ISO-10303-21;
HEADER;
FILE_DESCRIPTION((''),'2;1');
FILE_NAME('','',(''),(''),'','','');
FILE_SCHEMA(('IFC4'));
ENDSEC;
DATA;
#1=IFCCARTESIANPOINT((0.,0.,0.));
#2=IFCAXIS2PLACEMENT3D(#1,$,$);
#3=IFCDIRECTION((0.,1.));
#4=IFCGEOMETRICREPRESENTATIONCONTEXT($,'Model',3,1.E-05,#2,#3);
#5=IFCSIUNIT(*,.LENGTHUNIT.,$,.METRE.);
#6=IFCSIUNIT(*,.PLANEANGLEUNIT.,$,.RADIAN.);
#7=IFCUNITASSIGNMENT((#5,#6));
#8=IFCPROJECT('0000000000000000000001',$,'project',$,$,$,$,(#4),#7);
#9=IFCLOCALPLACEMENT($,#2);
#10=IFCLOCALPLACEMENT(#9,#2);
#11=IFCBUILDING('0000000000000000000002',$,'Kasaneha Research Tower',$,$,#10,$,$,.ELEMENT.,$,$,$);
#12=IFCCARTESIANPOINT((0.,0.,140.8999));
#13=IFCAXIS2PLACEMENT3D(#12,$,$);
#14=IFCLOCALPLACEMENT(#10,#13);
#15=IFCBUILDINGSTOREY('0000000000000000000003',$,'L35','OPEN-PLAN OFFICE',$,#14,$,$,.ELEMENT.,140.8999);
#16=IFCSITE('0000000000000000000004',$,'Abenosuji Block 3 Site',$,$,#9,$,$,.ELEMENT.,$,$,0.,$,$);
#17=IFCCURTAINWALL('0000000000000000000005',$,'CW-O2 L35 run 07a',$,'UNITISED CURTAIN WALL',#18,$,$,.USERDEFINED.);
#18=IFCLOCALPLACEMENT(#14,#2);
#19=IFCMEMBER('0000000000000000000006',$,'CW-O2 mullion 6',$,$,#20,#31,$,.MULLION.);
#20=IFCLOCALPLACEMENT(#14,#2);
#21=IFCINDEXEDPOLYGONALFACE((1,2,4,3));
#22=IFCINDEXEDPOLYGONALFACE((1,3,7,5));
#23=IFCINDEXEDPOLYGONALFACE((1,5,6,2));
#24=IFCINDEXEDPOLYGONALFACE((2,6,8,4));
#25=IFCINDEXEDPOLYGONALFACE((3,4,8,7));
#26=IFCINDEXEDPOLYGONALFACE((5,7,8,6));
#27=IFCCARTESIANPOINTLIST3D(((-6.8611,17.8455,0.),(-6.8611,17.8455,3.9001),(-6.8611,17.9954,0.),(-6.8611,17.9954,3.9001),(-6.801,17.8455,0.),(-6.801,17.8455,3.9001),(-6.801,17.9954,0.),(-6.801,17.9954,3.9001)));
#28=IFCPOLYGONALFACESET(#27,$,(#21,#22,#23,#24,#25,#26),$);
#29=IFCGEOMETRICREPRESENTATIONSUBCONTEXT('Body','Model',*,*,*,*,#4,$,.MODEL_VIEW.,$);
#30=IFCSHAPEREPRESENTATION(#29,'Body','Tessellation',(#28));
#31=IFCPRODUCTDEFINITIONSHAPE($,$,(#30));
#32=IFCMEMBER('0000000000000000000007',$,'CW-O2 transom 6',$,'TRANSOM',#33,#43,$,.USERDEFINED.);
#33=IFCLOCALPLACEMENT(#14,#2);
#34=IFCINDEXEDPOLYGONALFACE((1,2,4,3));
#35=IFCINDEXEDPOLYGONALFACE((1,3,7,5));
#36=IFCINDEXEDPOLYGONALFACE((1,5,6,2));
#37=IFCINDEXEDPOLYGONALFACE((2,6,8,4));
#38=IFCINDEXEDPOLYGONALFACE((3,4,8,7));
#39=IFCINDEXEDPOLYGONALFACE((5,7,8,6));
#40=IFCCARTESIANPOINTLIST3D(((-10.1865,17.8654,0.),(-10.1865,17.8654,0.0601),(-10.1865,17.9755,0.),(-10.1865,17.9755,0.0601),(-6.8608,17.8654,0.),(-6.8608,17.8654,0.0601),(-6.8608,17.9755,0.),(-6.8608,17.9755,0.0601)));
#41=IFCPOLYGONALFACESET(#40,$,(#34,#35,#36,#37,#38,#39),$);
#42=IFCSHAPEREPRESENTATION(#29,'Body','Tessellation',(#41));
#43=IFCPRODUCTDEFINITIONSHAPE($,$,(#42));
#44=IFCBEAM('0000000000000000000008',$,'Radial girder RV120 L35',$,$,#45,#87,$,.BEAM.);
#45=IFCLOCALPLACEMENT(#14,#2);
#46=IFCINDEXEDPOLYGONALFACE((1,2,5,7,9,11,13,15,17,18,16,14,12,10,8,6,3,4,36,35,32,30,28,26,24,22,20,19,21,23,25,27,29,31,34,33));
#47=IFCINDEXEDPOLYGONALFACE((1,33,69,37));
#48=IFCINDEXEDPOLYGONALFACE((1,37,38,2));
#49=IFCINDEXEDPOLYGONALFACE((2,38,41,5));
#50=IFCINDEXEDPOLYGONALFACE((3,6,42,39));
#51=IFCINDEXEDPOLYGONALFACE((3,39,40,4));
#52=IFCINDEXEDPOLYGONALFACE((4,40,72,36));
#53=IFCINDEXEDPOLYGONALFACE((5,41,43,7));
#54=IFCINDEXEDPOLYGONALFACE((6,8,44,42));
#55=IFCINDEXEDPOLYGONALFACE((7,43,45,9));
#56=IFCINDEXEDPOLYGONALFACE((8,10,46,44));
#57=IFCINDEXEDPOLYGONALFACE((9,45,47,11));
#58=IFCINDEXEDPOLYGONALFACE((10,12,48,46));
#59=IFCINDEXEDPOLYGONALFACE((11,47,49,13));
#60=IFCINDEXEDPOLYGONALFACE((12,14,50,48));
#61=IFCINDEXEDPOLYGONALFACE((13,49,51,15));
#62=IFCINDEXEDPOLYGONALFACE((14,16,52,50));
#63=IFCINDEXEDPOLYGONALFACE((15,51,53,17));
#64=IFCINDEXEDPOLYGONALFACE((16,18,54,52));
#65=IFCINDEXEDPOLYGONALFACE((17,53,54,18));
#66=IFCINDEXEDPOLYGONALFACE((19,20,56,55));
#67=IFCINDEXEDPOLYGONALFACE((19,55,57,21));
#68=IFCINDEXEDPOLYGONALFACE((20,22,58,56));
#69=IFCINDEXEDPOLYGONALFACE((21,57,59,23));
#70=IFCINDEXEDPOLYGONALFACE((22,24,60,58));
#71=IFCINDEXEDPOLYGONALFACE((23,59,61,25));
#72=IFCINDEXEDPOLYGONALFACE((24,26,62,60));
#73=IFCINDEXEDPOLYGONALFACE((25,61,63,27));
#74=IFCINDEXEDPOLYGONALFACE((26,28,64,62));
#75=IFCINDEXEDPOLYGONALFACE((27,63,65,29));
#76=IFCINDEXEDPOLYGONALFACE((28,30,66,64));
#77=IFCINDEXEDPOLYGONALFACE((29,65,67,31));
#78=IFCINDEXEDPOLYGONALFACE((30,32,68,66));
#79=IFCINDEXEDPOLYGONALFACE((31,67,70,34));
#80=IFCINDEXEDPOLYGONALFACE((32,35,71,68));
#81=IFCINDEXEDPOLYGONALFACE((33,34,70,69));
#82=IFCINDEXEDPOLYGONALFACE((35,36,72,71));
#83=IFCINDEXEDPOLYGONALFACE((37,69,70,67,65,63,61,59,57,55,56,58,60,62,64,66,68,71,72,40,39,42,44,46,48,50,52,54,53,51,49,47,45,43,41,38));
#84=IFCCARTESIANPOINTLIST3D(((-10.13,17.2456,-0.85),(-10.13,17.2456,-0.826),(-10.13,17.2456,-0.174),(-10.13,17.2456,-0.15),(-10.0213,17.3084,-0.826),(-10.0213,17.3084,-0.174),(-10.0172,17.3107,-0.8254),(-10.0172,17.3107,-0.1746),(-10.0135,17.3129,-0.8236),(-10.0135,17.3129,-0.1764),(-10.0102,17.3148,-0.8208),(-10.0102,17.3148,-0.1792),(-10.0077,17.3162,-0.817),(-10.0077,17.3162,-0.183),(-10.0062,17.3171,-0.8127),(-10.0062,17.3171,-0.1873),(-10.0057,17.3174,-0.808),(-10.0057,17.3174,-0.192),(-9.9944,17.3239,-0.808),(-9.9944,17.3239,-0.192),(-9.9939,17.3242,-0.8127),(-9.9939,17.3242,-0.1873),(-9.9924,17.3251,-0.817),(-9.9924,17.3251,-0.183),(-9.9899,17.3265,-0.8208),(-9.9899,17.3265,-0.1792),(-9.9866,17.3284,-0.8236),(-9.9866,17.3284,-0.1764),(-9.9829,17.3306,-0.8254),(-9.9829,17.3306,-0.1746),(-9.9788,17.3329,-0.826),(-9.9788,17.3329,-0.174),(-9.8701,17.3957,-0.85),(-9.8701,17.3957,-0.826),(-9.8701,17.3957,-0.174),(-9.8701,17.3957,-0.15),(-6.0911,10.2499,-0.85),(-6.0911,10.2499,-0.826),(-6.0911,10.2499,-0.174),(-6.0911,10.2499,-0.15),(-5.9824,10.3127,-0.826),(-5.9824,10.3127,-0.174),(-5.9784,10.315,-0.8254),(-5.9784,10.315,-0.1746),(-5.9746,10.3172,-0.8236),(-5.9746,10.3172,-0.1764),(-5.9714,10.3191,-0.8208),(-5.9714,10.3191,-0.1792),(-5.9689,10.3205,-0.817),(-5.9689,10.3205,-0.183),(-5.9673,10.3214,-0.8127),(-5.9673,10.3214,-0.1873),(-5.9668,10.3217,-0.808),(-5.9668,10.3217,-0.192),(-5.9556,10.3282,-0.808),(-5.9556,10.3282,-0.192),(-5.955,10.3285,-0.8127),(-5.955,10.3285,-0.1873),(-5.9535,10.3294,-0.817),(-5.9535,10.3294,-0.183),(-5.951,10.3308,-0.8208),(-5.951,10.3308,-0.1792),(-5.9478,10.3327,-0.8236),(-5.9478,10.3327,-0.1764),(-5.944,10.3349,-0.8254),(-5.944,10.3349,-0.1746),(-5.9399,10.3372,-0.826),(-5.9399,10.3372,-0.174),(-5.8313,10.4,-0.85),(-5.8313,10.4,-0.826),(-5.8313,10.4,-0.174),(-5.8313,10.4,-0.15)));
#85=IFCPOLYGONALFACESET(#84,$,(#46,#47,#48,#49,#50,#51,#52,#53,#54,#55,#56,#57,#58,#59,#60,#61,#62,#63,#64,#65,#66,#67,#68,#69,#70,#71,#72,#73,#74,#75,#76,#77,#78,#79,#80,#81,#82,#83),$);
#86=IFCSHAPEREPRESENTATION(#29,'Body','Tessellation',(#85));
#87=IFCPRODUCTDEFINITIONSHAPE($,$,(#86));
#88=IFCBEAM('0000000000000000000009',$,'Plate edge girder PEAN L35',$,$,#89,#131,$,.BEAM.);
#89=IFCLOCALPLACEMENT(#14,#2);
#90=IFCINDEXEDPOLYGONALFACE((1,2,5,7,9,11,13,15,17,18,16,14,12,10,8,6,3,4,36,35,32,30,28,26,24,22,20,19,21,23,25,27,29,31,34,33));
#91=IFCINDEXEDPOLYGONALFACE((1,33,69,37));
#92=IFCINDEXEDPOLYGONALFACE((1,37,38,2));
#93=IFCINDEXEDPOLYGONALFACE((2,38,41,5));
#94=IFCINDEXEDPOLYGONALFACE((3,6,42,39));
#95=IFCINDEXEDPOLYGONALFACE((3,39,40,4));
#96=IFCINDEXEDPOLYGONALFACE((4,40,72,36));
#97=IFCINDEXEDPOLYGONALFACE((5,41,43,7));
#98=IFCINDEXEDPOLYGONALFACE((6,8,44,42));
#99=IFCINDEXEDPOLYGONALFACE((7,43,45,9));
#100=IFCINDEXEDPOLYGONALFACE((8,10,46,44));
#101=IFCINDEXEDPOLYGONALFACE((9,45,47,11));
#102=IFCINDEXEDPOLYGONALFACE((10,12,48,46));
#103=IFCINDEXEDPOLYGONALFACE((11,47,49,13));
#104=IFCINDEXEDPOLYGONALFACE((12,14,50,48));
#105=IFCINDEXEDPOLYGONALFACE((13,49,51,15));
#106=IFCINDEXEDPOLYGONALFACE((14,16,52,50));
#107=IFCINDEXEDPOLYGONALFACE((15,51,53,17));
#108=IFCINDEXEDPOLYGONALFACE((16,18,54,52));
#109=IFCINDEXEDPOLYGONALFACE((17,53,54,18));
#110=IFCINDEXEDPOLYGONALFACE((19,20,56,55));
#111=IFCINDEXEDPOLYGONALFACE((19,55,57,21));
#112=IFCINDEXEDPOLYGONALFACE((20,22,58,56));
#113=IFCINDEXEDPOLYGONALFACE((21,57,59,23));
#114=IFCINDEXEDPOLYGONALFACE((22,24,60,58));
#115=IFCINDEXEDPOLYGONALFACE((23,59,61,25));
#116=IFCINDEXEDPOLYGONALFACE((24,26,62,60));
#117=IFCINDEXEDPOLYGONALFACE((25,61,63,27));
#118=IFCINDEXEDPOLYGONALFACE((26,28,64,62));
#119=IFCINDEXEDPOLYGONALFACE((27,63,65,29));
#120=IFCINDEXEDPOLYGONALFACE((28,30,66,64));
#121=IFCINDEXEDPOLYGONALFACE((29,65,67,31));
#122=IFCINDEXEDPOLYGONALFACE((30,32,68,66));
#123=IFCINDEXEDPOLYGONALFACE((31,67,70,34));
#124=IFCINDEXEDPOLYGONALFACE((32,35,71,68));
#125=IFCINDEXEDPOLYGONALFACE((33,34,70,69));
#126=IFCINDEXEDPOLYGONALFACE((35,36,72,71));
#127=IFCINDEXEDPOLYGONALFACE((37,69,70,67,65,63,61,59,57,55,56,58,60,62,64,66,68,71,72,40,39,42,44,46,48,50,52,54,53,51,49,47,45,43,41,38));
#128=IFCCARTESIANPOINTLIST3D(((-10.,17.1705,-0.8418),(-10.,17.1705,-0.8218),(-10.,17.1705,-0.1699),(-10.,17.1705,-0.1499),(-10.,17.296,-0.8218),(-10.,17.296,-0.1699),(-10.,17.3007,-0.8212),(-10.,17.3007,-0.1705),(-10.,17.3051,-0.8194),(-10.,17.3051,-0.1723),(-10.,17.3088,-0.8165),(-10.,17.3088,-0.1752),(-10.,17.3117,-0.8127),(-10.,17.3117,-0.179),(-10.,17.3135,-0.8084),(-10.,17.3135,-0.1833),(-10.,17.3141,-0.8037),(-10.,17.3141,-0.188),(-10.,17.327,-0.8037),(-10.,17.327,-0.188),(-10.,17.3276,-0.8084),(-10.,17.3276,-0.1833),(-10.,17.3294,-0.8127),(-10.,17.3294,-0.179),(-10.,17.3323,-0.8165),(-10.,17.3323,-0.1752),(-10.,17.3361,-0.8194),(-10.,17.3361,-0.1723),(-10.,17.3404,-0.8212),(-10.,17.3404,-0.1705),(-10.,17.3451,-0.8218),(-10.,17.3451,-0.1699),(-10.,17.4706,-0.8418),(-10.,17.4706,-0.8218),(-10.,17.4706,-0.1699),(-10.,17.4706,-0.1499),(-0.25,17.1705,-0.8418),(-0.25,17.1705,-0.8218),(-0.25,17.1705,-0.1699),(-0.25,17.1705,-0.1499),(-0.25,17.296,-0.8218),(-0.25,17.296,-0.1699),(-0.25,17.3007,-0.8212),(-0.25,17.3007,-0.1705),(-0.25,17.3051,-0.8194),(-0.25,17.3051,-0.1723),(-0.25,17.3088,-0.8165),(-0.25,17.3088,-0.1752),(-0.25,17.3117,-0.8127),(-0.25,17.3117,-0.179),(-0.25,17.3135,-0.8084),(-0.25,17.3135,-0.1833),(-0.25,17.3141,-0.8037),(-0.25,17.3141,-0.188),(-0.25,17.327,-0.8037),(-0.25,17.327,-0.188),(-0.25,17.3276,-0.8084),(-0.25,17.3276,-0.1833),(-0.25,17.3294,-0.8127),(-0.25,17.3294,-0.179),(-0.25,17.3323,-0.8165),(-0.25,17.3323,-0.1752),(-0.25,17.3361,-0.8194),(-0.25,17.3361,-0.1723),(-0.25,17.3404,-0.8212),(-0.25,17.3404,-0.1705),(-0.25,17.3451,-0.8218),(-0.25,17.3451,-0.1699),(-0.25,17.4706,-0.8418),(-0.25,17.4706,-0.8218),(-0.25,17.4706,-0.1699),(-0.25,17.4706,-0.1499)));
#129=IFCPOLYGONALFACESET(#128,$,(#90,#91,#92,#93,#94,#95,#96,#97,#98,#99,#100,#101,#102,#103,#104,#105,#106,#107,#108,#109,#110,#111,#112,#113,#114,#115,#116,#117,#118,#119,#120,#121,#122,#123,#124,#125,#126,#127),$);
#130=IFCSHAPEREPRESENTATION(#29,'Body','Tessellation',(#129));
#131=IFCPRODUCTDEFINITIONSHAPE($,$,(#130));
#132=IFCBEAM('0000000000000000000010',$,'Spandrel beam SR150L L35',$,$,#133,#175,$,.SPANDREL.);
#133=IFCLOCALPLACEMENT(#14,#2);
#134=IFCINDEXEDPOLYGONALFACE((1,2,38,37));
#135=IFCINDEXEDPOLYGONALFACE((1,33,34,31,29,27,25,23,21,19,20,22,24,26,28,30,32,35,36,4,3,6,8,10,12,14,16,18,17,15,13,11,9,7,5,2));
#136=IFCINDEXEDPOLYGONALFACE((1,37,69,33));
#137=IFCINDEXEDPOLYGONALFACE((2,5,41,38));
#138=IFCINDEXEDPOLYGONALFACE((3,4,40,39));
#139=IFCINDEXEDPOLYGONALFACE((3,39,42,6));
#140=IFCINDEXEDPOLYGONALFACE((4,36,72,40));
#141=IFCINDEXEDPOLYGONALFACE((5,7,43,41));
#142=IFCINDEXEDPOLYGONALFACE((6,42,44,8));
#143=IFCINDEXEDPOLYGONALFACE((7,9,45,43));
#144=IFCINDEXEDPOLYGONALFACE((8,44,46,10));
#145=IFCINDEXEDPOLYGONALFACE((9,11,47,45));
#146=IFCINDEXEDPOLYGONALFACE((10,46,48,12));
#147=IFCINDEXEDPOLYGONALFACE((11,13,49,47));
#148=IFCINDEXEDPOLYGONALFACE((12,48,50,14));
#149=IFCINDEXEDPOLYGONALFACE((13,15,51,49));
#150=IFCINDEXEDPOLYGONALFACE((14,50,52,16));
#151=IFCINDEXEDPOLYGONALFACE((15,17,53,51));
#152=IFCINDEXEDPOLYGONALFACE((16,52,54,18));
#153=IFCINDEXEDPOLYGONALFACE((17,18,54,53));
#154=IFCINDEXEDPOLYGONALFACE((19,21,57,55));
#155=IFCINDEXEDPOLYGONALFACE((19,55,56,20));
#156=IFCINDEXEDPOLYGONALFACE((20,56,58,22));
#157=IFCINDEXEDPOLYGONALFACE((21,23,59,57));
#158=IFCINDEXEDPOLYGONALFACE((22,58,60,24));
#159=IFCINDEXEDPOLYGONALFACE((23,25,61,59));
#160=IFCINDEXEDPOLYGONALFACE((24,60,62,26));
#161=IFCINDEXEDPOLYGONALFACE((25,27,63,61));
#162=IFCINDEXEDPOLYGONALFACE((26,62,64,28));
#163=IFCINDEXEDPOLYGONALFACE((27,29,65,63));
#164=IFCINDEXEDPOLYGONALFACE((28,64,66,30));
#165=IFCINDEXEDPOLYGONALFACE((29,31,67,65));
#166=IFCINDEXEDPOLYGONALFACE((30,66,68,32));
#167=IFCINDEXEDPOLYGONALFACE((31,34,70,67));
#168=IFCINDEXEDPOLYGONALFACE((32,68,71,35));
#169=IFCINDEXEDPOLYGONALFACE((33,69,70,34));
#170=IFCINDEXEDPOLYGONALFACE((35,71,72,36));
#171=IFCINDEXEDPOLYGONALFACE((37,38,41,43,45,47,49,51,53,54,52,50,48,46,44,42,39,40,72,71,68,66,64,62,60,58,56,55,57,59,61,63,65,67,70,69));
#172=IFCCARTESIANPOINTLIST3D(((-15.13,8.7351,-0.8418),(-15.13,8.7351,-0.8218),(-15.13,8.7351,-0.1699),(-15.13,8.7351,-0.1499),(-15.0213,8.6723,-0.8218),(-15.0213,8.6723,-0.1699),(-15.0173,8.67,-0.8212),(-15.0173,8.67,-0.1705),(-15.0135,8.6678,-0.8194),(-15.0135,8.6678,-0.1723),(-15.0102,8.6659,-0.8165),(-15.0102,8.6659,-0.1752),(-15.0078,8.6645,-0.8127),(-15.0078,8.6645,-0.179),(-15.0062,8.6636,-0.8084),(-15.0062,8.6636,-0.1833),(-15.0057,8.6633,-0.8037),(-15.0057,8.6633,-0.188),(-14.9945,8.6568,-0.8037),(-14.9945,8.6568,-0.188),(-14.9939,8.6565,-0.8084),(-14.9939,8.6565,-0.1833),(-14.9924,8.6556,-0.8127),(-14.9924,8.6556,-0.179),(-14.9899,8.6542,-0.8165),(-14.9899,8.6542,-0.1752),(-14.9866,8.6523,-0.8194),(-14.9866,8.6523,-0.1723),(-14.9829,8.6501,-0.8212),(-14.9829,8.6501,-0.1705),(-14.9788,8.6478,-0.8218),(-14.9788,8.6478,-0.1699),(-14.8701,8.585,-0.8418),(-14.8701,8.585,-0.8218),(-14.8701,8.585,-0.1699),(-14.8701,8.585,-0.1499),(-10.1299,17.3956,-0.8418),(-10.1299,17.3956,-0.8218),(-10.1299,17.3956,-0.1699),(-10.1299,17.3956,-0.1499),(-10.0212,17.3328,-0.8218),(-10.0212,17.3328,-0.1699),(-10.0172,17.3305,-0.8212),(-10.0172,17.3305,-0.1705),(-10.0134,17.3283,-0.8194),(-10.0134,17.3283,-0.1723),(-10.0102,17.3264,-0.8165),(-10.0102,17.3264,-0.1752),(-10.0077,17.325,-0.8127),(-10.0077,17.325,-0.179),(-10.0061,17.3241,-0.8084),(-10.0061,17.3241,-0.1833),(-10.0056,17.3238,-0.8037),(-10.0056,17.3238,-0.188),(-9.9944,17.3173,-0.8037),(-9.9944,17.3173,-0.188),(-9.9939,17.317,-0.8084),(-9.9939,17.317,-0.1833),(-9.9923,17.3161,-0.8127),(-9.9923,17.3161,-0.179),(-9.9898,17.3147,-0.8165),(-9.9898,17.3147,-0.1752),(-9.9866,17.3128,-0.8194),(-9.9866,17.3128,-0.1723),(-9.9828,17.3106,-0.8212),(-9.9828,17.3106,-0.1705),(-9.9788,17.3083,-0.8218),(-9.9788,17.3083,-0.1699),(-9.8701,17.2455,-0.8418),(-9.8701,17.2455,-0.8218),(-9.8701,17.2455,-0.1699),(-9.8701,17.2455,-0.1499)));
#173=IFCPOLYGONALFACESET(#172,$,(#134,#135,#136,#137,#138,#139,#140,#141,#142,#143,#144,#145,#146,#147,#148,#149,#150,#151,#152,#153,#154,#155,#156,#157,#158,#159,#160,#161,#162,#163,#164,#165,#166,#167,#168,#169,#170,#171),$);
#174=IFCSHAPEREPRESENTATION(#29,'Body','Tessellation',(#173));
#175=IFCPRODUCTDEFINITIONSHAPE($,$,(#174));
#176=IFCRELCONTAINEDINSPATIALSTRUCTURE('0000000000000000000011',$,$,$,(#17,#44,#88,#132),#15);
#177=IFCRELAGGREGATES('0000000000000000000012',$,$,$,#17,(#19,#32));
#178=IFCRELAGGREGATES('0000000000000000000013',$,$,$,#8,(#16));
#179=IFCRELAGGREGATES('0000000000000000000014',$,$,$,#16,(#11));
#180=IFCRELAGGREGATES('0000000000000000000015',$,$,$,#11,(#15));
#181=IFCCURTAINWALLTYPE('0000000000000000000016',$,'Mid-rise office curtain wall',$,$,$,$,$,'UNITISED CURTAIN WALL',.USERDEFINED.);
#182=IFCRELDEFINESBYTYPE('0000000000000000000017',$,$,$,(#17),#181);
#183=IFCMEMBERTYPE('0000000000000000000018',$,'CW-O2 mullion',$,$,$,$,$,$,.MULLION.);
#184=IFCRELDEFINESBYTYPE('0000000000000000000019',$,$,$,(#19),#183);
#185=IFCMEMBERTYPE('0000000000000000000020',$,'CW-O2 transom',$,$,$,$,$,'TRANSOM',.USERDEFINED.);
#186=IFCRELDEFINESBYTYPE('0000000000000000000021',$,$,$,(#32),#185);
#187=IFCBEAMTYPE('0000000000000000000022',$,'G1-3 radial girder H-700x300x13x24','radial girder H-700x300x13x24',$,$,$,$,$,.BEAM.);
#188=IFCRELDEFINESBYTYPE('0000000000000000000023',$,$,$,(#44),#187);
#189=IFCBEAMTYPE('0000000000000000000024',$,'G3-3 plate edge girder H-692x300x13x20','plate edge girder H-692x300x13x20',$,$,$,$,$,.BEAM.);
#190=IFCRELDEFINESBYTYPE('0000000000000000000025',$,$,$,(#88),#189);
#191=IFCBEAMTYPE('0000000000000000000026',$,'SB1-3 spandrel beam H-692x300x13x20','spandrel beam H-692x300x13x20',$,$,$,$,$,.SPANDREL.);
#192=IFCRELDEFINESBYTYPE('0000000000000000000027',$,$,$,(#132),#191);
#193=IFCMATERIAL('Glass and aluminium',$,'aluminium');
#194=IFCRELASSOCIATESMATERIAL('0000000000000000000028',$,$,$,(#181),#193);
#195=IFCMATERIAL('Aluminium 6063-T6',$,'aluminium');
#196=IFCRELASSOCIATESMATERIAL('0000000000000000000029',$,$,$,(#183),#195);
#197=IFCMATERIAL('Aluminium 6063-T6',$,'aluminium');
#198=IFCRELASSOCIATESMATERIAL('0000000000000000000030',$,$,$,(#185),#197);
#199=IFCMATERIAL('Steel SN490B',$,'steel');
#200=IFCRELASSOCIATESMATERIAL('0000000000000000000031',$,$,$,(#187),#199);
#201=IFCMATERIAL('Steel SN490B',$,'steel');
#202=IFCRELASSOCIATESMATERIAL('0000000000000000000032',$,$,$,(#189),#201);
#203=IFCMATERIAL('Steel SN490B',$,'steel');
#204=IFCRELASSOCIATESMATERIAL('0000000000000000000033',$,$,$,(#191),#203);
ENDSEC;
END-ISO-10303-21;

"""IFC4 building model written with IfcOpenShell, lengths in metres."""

from ifc_helpers import new_model, si_unit, direction, frame, origin, origin_2d, place, context, subcontext, project, spatial, rectangle, i_section, extrude, material, material_profile, profile_set, type_object, element, aggregate, save


model = new_model("IFC4")

# Units and contexts
model_context = context("Model", 3, precision=1e-05, world=origin(), true_north=direction((0.0, 1.0)))
body_context = subcontext(model_context, "Body", "Model", "MODEL_VIEW")
ifc_project = project(units=[si_unit("LENGTHUNIT", "METRE"), si_unit("PLANEANGLEUNIT", "RADIAN")], contexts=[model_context])

# Site, building, storey
site_placement = place(None, origin())
site = spatial("IfcSite", under=ifc_project, at=site_placement, Name="Abenosuji Block 3 Site", CompositionType="ELEMENT", RefElevation=0.0)
building_placement = place(site_placement, origin())
building = spatial("IfcBuilding", under=site, at=building_placement, Name="Kasaneha Research Tower", CompositionType="ELEMENT")
storey_placement = place(building_placement, frame((0.0, 0.0, 140.8999)))
storey = spatial("IfcBuildingStorey", under=building, at=storey_placement, Name="L35", Description="OPEN-PLAN OFFICE", CompositionType="ELEMENT", Elevation=140.8999)

# Curtain wall, members
ifc_material_1 = material(Name="Glass and aluminium", Category="aluminium")
curtain_wall_type = type_object("IfcCurtainWallType", Name="Mid-rise office curtain wall", ElementType="UNITISED CURTAIN WALL", PredefinedType="USERDEFINED", material=ifc_material_1)
curtain_wall_placement = place(storey_placement, origin())
curtain_wall = element("IfcCurtainWall", 1, at=curtain_wall_placement, inside=storey, type_object=curtain_wall_type, Name="CW-O2 L35 run 07a", ObjectType="UNITISED CURTAIN WALL", PredefinedType="USERDEFINED")
ifc_material_2 = material(Name="Aluminium 6063-T6", Category="aluminium")
ifc_material_profile_1 = material_profile(ifc_material_2, rectangle(XDim=0.0601, YDim=0.1499, at=origin_2d()), Name="CW-O2 mullion 60x150")
ifc_profile_set_1 = profile_set([ifc_material_profile_1], Name="Aluminium 6063-T6")
member_type_1 = type_object("IfcMemberType", Name="CW-O2 mullion", PredefinedType="MULLION", material=ifc_profile_set_1)
member_1_placement = place(storey_placement, frame((-6.8311, 17.9204, 0.0), z_axis=(0.0, 0.0, 1.0), x_axis=(-1.0, 0.0, 0.0)))
member_1 = element("IfcMember", 2, at=member_1_placement, type_object=member_type_1, Name="CW-O2 mullion 6", PredefinedType="MULLION", context=body_context, shape_type="SweptSolid", body=[
    extrude(rectangle(XDim=0.0601, YDim=0.1499, at=origin_2d()), origin(), (0.0, 0.0, 1.0), 3.9001),
])
ifc_material_3 = material(Name="Aluminium 6063-T6", Category="aluminium")
ifc_material_profile_2 = material_profile(ifc_material_3, rectangle(XDim=0.1101, YDim=0.0601, at=origin_2d()), Name="CW-O2 transom 110x60")
ifc_profile_set_2 = profile_set([ifc_material_profile_2], Name="Aluminium 6063-T6")
member_type_2 = type_object("IfcMemberType", Name="CW-O2 transom", ElementType="TRANSOM", PredefinedType="USERDEFINED", material=ifc_profile_set_2)
member_2_placement = place(storey_placement, frame((-6.8608, 17.9204, 0.03), z_axis=(-1.0, 0.0, 0.0), x_axis=(0.0, -1.0, 0.0)))
member_2 = element("IfcMember", 3, at=member_2_placement, type_object=member_type_2, Name="CW-O2 transom 6", ObjectType="TRANSOM", PredefinedType="USERDEFINED", context=body_context, shape_type="SweptSolid", body=[
    extrude(rectangle(XDim=0.1101, YDim=0.0601, at=origin_2d()), origin(), (0.0, 0.0, 1.0), 3.3257),
])

# Beams
ifc_material_4 = material(Name="Steel SN490B", Category="steel")
ifc_material_profile_3 = material_profile(ifc_material_4, i_section(OverallWidth=0.3, OverallDepth=0.7, WebThickness=0.0129, FlangeThickness=0.0239, FilletRadius=0.0181, at=origin_2d()), Name="H-700x300x13x24")
ifc_profile_set_3 = profile_set([ifc_material_profile_3], Name="Steel SN490B")
beam_type_1 = type_object("IfcBeamType", Name="G1-3 radial girder H-700x300x13x24", Description="radial girder H-700x300x13x24", PredefinedType="BEAM", material=ifc_profile_set_3)
beam_1_placement = place(storey_placement, frame((-5.9612, 10.325, -0.5), z_axis=(-0.499991, 0.866031, 0.0), x_axis=(-0.866031, -0.499991, 0.0)))
element("IfcBeam", 4, at=beam_1_placement, inside=storey, type_object=beam_type_1, Name="Radial girder RV120 L35", PredefinedType="BEAM", context=body_context, shape_type="SweptSolid", body=[
    extrude(i_section(OverallWidth=0.3, OverallDepth=0.7, WebThickness=0.0129, FlangeThickness=0.0239, FilletRadius=0.0181, at=origin_2d()), origin(), (0.0, 0.0, 1.0), 8.0779),
])
ifc_material_5 = material(Name="Steel SN490B", Category="steel")
ifc_material_profile_4 = material_profile(ifc_material_5, i_section(OverallWidth=0.3, OverallDepth=0.6919, WebThickness=0.0129, FlangeThickness=0.02, FilletRadius=0.0181, at=origin_2d()), Name="H-692x300x13x20")
ifc_profile_set_4 = profile_set([ifc_material_profile_4], Name="Steel SN490B")
beam_type_2 = type_object("IfcBeamType", Name="G3-3 plate edge girder H-692x300x13x20", Description="plate edge girder H-692x300x13x20", PredefinedType="BEAM", material=ifc_profile_set_4)
beam_2_placement = place(storey_placement, frame((-10.0, 17.3206, -0.4958), z_axis=(1.0, 0.0, 0.0), x_axis=(0.0, 1.0, 0.0)))
element("IfcBeam", 5, at=beam_2_placement, inside=storey, type_object=beam_type_2, Name="Plate edge girder PEAN L35", PredefinedType="BEAM", context=body_context, shape_type="SweptSolid", body=[
    extrude(i_section(OverallWidth=0.3, OverallDepth=0.6919, WebThickness=0.0129, FlangeThickness=0.02, FilletRadius=0.0181, at=origin_2d()), origin(), (0.0, 0.0, 1.0), 9.75),
])
ifc_material_6 = material(Name="Steel SN490B", Category="steel")
ifc_material_profile_5 = material_profile(ifc_material_6, i_section(OverallWidth=0.3, OverallDepth=0.6919, WebThickness=0.0129, FlangeThickness=0.02, FilletRadius=0.0181, at=origin_2d()), Name="H-692x300x13x20")
ifc_profile_set_5 = profile_set([ifc_material_profile_5], Name="Steel SN490B")
beam_type_3 = type_object("IfcBeamType", Name="SB1-3 spandrel beam H-692x300x13x20", Description="spandrel beam H-692x300x13x20", PredefinedType="SPANDREL", material=ifc_profile_set_5)
beam_3_placement = place(storey_placement, frame((-10.0, 17.3206, -0.4958), z_axis=(-0.499994, -0.866029, 0.0), x_axis=(0.866029, -0.499994, 0.0)))
element("IfcBeam", 6, at=beam_3_placement, inside=storey, type_object=beam_type_3, Name="Spandrel beam SR150L L35", PredefinedType="SPANDREL", context=body_context, shape_type="SweptSolid", body=[
    extrude(i_section(OverallWidth=0.3, OverallDepth=0.6919, WebThickness=0.0129, FlangeThickness=0.02, FilletRadius=0.0181, at=origin_2d()), origin(), (0.0, 0.0, 1.0), 10.0002),
])

aggregate(curtain_wall, [member_1, member_2])

save(model, "model.ifc")
